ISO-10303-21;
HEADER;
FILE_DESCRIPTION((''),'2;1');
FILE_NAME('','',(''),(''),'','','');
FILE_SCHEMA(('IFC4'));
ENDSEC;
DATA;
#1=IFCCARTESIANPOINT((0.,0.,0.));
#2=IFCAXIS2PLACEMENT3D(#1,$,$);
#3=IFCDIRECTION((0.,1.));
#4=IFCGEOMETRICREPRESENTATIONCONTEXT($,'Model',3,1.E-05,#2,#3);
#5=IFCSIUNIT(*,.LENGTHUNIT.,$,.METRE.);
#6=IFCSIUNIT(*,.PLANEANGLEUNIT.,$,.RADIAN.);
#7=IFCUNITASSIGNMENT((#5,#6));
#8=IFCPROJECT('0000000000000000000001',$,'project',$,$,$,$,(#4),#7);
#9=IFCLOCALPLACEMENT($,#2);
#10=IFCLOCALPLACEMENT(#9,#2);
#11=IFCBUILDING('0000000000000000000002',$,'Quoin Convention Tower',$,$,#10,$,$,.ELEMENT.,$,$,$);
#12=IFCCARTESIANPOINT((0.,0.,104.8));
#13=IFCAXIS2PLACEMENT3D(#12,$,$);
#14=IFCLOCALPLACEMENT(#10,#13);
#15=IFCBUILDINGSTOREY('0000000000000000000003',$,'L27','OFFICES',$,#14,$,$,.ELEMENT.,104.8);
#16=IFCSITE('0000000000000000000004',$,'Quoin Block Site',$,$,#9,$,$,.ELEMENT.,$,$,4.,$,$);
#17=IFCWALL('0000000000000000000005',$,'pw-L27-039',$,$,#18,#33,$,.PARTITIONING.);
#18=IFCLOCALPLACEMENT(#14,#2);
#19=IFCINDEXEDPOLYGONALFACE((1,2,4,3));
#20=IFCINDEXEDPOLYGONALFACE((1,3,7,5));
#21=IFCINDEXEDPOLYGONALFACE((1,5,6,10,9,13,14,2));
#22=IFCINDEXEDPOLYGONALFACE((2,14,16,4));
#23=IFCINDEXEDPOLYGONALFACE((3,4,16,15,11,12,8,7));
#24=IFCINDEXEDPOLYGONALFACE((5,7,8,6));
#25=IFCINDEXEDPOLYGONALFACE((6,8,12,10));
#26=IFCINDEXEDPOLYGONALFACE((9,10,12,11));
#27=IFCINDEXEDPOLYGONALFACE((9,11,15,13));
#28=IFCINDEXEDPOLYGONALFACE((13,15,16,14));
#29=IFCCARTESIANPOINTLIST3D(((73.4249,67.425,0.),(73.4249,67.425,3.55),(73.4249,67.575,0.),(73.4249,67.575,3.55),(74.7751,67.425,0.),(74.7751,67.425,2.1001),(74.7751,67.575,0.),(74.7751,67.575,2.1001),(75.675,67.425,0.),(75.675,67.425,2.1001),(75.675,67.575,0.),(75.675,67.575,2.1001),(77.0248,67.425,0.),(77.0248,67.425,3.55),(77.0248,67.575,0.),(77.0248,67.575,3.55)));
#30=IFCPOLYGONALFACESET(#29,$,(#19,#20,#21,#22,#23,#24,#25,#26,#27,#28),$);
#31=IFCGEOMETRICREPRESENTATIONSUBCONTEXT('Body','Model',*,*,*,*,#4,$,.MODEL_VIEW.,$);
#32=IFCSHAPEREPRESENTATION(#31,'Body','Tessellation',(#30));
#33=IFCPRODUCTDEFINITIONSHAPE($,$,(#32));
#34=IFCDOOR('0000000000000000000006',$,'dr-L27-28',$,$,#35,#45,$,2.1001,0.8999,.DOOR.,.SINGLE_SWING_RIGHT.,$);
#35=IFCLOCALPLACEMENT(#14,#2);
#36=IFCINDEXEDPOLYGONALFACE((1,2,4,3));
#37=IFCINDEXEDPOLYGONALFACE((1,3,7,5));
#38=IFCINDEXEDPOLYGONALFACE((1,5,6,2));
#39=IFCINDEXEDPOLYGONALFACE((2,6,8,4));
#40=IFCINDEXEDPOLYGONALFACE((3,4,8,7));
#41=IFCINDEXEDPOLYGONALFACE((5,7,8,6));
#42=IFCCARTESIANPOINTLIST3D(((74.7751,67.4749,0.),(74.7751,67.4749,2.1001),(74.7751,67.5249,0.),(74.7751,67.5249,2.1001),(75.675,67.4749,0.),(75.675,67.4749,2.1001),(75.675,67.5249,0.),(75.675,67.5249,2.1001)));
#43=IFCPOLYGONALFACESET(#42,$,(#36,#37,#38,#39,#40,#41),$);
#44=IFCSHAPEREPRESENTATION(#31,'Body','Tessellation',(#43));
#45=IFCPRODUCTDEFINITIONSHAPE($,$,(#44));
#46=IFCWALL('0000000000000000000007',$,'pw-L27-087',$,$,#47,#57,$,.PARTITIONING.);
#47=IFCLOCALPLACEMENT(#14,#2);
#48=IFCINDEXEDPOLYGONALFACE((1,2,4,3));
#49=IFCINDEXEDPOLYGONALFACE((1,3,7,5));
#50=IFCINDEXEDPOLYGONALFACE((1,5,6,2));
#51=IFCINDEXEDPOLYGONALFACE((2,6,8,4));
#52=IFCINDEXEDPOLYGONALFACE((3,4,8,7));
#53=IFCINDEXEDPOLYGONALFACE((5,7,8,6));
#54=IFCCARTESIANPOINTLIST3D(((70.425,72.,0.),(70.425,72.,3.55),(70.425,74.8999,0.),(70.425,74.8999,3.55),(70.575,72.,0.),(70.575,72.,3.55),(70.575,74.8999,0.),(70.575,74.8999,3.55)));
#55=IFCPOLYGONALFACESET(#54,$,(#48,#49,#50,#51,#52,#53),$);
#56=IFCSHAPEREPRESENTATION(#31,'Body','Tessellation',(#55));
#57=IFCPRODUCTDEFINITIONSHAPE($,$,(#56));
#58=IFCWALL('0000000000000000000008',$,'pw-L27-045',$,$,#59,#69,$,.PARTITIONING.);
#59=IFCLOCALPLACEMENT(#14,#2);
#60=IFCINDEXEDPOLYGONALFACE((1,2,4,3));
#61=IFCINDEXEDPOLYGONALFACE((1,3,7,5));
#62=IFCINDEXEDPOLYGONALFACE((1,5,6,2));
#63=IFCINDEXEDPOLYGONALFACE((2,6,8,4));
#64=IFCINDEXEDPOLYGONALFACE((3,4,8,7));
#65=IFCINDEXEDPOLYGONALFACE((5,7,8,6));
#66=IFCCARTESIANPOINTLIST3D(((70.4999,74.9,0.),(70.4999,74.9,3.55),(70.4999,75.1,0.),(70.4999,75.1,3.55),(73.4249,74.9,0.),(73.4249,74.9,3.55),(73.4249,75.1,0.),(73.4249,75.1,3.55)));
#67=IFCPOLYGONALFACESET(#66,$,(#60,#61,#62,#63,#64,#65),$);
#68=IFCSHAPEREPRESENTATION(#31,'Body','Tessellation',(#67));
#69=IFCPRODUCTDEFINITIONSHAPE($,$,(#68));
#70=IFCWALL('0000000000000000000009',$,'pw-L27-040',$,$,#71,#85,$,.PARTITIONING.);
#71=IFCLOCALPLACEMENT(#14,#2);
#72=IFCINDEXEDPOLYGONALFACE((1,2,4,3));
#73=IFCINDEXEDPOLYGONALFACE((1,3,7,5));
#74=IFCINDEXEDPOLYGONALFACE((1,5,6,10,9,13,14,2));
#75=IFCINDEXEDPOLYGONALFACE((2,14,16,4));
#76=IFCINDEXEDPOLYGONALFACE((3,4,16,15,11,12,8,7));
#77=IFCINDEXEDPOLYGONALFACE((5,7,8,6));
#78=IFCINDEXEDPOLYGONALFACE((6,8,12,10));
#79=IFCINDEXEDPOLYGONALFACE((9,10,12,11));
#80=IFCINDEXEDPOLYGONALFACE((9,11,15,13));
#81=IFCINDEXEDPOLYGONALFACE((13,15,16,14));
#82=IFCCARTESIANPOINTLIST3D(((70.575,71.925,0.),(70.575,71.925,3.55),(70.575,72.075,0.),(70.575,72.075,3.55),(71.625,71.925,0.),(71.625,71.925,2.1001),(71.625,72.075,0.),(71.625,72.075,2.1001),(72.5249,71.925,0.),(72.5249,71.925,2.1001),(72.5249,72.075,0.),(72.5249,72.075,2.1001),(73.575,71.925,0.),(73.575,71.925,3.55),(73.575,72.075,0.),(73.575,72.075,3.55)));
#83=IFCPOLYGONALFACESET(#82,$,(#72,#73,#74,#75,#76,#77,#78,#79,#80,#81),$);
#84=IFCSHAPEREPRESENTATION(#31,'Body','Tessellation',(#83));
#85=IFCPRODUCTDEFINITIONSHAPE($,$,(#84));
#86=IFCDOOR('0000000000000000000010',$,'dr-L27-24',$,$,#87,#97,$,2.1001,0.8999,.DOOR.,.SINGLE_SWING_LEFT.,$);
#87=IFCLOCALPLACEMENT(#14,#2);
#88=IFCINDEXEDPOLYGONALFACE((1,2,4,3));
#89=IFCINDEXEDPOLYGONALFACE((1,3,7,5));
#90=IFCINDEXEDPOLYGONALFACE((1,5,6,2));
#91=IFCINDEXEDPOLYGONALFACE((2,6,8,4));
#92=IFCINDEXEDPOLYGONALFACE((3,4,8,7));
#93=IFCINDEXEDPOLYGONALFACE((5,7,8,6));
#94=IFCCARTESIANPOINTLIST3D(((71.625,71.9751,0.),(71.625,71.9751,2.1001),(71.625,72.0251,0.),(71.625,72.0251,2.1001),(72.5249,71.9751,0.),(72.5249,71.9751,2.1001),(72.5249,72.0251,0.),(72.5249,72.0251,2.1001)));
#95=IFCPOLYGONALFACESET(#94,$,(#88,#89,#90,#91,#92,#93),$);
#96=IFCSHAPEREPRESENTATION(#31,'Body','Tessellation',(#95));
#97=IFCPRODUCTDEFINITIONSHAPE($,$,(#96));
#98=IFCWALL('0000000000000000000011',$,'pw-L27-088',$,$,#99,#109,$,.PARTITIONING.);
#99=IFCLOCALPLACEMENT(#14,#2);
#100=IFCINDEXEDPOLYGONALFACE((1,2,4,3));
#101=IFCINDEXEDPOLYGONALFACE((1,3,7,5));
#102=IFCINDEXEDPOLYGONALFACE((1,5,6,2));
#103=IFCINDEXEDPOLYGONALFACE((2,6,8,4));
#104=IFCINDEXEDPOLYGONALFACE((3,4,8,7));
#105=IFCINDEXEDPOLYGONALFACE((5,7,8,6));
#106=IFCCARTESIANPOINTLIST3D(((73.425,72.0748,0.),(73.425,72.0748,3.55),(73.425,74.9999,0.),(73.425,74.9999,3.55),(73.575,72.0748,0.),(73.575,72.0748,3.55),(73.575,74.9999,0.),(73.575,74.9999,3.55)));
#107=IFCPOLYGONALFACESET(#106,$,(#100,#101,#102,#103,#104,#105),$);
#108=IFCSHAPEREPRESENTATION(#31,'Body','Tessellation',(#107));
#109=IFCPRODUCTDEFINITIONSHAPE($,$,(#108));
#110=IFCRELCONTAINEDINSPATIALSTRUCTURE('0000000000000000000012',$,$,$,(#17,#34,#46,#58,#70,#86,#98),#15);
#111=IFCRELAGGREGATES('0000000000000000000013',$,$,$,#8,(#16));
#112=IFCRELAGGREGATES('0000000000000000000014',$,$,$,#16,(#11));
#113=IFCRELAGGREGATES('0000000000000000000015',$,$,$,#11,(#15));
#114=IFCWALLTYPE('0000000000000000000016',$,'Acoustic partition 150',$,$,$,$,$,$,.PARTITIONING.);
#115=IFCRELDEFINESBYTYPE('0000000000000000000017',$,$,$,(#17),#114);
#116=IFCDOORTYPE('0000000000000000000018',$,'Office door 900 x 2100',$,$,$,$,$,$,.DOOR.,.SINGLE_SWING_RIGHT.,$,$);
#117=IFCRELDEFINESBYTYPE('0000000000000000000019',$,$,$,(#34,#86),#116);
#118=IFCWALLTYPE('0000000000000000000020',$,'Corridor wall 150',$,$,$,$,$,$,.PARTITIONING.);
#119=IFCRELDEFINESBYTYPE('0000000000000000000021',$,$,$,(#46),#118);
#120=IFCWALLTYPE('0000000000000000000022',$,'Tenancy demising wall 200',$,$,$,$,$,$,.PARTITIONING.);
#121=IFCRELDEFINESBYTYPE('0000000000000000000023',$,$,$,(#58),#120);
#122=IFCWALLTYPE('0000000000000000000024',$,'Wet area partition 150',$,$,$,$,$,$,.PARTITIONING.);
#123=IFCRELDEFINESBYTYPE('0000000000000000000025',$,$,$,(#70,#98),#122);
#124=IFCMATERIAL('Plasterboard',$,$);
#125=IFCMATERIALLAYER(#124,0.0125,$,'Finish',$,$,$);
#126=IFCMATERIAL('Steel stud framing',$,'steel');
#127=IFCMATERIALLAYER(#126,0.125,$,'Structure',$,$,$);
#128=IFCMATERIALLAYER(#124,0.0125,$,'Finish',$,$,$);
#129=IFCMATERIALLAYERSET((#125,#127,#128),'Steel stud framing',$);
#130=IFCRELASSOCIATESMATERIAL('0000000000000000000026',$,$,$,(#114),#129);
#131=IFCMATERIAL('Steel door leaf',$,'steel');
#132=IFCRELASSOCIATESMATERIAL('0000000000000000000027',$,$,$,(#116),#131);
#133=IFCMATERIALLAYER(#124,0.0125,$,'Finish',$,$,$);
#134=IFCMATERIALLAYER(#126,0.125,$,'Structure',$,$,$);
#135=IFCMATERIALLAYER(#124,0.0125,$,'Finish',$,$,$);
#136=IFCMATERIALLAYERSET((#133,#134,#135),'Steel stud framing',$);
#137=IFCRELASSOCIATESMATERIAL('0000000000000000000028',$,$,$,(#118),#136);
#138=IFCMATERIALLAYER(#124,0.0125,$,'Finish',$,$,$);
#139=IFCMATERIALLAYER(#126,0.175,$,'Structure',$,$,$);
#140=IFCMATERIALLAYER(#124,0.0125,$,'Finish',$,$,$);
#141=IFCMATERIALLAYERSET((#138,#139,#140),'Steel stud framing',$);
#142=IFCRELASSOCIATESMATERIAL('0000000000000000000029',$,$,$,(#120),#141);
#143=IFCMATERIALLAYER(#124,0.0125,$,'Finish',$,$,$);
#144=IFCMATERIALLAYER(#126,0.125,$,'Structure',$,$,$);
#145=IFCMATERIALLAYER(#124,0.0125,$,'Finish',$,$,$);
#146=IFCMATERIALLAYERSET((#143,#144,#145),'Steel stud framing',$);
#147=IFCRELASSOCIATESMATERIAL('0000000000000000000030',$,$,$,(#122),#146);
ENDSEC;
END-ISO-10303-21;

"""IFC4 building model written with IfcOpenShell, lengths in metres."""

from ifc_helpers import new_model, si_unit, direction, frame, frame_2d, origin, place, context, subcontext, project, spatial, rectangle, extrude, material, layer, layer_set, type_object, element, fill, save


model = new_model("IFC4")

# Units and contexts
model_context = context("Model", 3, precision=1e-05, world=origin(), true_north=direction((0.0, 1.0)))
body_context = subcontext(model_context, "Body", "Model", "MODEL_VIEW")
ifc_project = project(units=[si_unit("LENGTHUNIT", "METRE"), si_unit("PLANEANGLEUNIT", "RADIAN")], contexts=[model_context])

# Site, building, storey
site_placement = place(None, origin())
site = spatial("IfcSite", under=ifc_project, at=site_placement, Name="Quoin Block Site", CompositionType="ELEMENT", RefElevation=4.0)
building_placement = place(site_placement, origin())
building = spatial("IfcBuilding", under=site, at=building_placement, Name="Quoin Convention Tower", CompositionType="ELEMENT")
storey_placement = place(building_placement, frame((0.0, 0.0, 104.8)))
storey = spatial("IfcBuildingStorey", under=building, at=storey_placement, Name="L27", Description="OFFICES", CompositionType="ELEMENT", Elevation=104.8)

# Wall, opening, door
ifc_material_1 = material(Name="Plasterboard")
ifc_layer_1 = layer(ifc_material_1, 0.0125, Name="Finish")
ifc_material_2 = material(Name="Steel stud framing", Category="steel")
ifc_layer_2 = layer(ifc_material_2, 0.125, Name="Structure")
ifc_layer_3 = layer(ifc_material_1, 0.0125, Name="Finish")
ifc_layer_set_1 = layer_set([ifc_layer_1, ifc_layer_2, ifc_layer_3], Name="Steel stud framing")
wall_type_1 = type_object("IfcWallType", Name="Acoustic partition 150", PredefinedType="PARTITIONING", material=ifc_layer_set_1)
wall_1_placement = place(storey_placement, frame((73.425, 67.5, 0.0), z_axis=(0.0, 0.0, 1.0), x_axis=(1.0, 0.0, 0.0)))
wall_1 = element("IfcWall", 1, at=wall_1_placement, inside=storey, type_object=wall_type_1, Name="pw-L27-039", PredefinedType="PARTITIONING", context=body_context, shape_type="SweptSolid", body=[
    extrude(rectangle(XDim=3.5999, YDim=0.1499, at=frame_2d((1.7998, 0.0))), origin(), (0.0, 0.0, 1.0), 3.55),
])
opening_1_placement = place(wall_1_placement, frame((1.3501, 0.0, 0.0)))
opening_1 = element("IfcOpeningElement", 2, at=opening_1_placement, cuts=wall_1, PredefinedType="OPENING", context=body_context, shape_type="SweptSolid", body=[
    extrude(rectangle(XDim=0.8999, YDim=2.1001, at=frame_2d((0.45, 1.05))), frame((0.0, 0.085, 0.0), z_axis=(0.0, -1.0, 0.0), x_axis=(1.0, 0.0, 0.0)), (0.0, 0.0, 1.0), 0.1699),
])
ifc_material_3 = material(Name="Steel door leaf", Category="steel")
door_type = type_object("IfcDoorType", Name="Office door 900 x 2100", OperationType="SINGLE_SWING_RIGHT", PredefinedType="DOOR", material=ifc_material_3)
door_1_placement = place(opening_1_placement, origin())
door_1 = element("IfcDoor", 3, at=door_1_placement, inside=storey, type_object=door_type, Name="dr-L27-28", OperationType="SINGLE_SWING_RIGHT", OverallHeight=2.1001, OverallWidth=0.8999, PredefinedType="DOOR", context=body_context, shape_type="SweptSolid", body=[
    extrude(rectangle(XDim=0.8999, YDim=2.1001, at=frame_2d((0.45, 1.05))), frame((0.0, 0.0249, 0.0), z_axis=(0.0, -1.0, 0.0), x_axis=(1.0, 0.0, 0.0)), (0.0, 0.0, 1.0), 0.05),
])
fill(opening_1, door_1)

# Walls
ifc_layer_4 = layer(ifc_material_1, 0.0125, Name="Finish")
ifc_layer_5 = layer(ifc_material_2, 0.125, Name="Structure")
ifc_layer_6 = layer(ifc_material_1, 0.0125, Name="Finish")
ifc_layer_set_2 = layer_set([ifc_layer_4, ifc_layer_5, ifc_layer_6], Name="Steel stud framing")
wall_type_2 = type_object("IfcWallType", Name="Corridor wall 150", PredefinedType="PARTITIONING", material=ifc_layer_set_2)
wall_2_placement = place(storey_placement, frame((70.5, 72.0, 0.0), z_axis=(0.0, 0.0, 1.0), x_axis=(0.0, 1.0, 0.0)))
element("IfcWall", 4, at=wall_2_placement, inside=storey, type_object=wall_type_2, Name="pw-L27-087", PredefinedType="PARTITIONING", context=body_context, shape_type="SweptSolid", body=[
    extrude(rectangle(XDim=2.8999, YDim=0.1499, at=frame_2d((1.45, 0.0))), origin(), (0.0, 0.0, 1.0), 3.55),
])
ifc_layer_7 = layer(ifc_material_1, 0.0125, Name="Finish")
ifc_layer_8 = layer(ifc_material_2, 0.175, Name="Structure")
ifc_layer_9 = layer(ifc_material_1, 0.0125, Name="Finish")
ifc_layer_set_3 = layer_set([ifc_layer_7, ifc_layer_8, ifc_layer_9], Name="Steel stud framing")
wall_type_3 = type_object("IfcWallType", Name="Tenancy demising wall 200", PredefinedType="PARTITIONING", material=ifc_layer_set_3)
wall_3_placement = place(storey_placement, frame((70.5, 75.0, 0.0), z_axis=(0.0, 0.0, 1.0), x_axis=(1.0, 0.0, 0.0)))
element("IfcWall", 5, at=wall_3_placement, inside=storey, type_object=wall_type_3, Name="pw-L27-045", PredefinedType="PARTITIONING", context=body_context, shape_type="SweptSolid", body=[
    extrude(rectangle(XDim=2.925, YDim=0.2, at=frame_2d((1.4624, 0.0))), origin(), (0.0, 0.0, 1.0), 3.55),
])

# Wall, opening, door
ifc_layer_10 = layer(ifc_material_1, 0.0125, Name="Finish")
ifc_layer_11 = layer(ifc_material_2, 0.125, Name="Structure")
ifc_layer_12 = layer(ifc_material_1, 0.0125, Name="Finish")
ifc_layer_set_4 = layer_set([ifc_layer_10, ifc_layer_11, ifc_layer_12], Name="Steel stud framing")
wall_type_4 = type_object("IfcWallType", Name="Wet area partition 150", PredefinedType="PARTITIONING", material=ifc_layer_set_4)
wall_4_placement = place(storey_placement, frame((70.575, 72.0, 0.0), z_axis=(0.0, 0.0, 1.0), x_axis=(1.0, 0.0, 0.0)))
wall_4 = element("IfcWall", 6, at=wall_4_placement, inside=storey, type_object=wall_type_4, Name="pw-L27-040", PredefinedType="PARTITIONING", context=body_context, shape_type="SweptSolid", body=[
    extrude(rectangle(XDim=3.0, YDim=0.1499, at=frame_2d((1.5, 0.0))), origin(), (0.0, 0.0, 1.0), 3.55),
])
opening_2_placement = place(wall_4_placement, frame((1.05, 0.0, 0.0)))
opening_2 = element("IfcOpeningElement", 7, at=opening_2_placement, cuts=wall_4, PredefinedType="OPENING", context=body_context, shape_type="SweptSolid", body=[
    extrude(rectangle(XDim=0.8999, YDim=2.1001, at=frame_2d((0.45, 1.05))), frame((0.0, 0.085, 0.0), z_axis=(0.0, -1.0, 0.0), x_axis=(1.0, 0.0, 0.0)), (0.0, 0.0, 1.0), 0.1699),
])
door_2_placement = place(opening_2_placement, frame((0.8999, 0.0, 0.0), z_axis=(0.0, 0.0, 1.0), x_axis=(-1.0, 0.0, 0.0)))
door_2 = element("IfcDoor", 8, at=door_2_placement, inside=storey, type_object=door_type, Name="dr-L27-24", OperationType="SINGLE_SWING_LEFT", OverallHeight=2.1001, OverallWidth=0.8999, PredefinedType="DOOR", context=body_context, shape_type="SweptSolid", body=[
    extrude(rectangle(XDim=0.8999, YDim=2.1001, at=frame_2d((0.45, 1.05))), frame((0.0, 0.0249, 0.0), z_axis=(0.0, -1.0, 0.0), x_axis=(1.0, 0.0, 0.0)), (0.0, 0.0, 1.0), 0.05),
])
fill(opening_2, door_2)

# Wall
wall_5_placement = place(storey_placement, frame((73.5, 72.075, 0.0), z_axis=(0.0, 0.0, 1.0), x_axis=(0.0, 1.0, 0.0)))
element("IfcWall", 9, at=wall_5_placement, inside=storey, type_object=wall_type_4, Name="pw-L27-088", PredefinedType="PARTITIONING", context=body_context, shape_type="SweptSolid", body=[
    extrude(rectangle(XDim=2.925, YDim=0.1499, at=frame_2d((1.4624, 0.0))), origin(), (0.0, 0.0, 1.0), 3.55),
])

save(model, "model.ifc")
